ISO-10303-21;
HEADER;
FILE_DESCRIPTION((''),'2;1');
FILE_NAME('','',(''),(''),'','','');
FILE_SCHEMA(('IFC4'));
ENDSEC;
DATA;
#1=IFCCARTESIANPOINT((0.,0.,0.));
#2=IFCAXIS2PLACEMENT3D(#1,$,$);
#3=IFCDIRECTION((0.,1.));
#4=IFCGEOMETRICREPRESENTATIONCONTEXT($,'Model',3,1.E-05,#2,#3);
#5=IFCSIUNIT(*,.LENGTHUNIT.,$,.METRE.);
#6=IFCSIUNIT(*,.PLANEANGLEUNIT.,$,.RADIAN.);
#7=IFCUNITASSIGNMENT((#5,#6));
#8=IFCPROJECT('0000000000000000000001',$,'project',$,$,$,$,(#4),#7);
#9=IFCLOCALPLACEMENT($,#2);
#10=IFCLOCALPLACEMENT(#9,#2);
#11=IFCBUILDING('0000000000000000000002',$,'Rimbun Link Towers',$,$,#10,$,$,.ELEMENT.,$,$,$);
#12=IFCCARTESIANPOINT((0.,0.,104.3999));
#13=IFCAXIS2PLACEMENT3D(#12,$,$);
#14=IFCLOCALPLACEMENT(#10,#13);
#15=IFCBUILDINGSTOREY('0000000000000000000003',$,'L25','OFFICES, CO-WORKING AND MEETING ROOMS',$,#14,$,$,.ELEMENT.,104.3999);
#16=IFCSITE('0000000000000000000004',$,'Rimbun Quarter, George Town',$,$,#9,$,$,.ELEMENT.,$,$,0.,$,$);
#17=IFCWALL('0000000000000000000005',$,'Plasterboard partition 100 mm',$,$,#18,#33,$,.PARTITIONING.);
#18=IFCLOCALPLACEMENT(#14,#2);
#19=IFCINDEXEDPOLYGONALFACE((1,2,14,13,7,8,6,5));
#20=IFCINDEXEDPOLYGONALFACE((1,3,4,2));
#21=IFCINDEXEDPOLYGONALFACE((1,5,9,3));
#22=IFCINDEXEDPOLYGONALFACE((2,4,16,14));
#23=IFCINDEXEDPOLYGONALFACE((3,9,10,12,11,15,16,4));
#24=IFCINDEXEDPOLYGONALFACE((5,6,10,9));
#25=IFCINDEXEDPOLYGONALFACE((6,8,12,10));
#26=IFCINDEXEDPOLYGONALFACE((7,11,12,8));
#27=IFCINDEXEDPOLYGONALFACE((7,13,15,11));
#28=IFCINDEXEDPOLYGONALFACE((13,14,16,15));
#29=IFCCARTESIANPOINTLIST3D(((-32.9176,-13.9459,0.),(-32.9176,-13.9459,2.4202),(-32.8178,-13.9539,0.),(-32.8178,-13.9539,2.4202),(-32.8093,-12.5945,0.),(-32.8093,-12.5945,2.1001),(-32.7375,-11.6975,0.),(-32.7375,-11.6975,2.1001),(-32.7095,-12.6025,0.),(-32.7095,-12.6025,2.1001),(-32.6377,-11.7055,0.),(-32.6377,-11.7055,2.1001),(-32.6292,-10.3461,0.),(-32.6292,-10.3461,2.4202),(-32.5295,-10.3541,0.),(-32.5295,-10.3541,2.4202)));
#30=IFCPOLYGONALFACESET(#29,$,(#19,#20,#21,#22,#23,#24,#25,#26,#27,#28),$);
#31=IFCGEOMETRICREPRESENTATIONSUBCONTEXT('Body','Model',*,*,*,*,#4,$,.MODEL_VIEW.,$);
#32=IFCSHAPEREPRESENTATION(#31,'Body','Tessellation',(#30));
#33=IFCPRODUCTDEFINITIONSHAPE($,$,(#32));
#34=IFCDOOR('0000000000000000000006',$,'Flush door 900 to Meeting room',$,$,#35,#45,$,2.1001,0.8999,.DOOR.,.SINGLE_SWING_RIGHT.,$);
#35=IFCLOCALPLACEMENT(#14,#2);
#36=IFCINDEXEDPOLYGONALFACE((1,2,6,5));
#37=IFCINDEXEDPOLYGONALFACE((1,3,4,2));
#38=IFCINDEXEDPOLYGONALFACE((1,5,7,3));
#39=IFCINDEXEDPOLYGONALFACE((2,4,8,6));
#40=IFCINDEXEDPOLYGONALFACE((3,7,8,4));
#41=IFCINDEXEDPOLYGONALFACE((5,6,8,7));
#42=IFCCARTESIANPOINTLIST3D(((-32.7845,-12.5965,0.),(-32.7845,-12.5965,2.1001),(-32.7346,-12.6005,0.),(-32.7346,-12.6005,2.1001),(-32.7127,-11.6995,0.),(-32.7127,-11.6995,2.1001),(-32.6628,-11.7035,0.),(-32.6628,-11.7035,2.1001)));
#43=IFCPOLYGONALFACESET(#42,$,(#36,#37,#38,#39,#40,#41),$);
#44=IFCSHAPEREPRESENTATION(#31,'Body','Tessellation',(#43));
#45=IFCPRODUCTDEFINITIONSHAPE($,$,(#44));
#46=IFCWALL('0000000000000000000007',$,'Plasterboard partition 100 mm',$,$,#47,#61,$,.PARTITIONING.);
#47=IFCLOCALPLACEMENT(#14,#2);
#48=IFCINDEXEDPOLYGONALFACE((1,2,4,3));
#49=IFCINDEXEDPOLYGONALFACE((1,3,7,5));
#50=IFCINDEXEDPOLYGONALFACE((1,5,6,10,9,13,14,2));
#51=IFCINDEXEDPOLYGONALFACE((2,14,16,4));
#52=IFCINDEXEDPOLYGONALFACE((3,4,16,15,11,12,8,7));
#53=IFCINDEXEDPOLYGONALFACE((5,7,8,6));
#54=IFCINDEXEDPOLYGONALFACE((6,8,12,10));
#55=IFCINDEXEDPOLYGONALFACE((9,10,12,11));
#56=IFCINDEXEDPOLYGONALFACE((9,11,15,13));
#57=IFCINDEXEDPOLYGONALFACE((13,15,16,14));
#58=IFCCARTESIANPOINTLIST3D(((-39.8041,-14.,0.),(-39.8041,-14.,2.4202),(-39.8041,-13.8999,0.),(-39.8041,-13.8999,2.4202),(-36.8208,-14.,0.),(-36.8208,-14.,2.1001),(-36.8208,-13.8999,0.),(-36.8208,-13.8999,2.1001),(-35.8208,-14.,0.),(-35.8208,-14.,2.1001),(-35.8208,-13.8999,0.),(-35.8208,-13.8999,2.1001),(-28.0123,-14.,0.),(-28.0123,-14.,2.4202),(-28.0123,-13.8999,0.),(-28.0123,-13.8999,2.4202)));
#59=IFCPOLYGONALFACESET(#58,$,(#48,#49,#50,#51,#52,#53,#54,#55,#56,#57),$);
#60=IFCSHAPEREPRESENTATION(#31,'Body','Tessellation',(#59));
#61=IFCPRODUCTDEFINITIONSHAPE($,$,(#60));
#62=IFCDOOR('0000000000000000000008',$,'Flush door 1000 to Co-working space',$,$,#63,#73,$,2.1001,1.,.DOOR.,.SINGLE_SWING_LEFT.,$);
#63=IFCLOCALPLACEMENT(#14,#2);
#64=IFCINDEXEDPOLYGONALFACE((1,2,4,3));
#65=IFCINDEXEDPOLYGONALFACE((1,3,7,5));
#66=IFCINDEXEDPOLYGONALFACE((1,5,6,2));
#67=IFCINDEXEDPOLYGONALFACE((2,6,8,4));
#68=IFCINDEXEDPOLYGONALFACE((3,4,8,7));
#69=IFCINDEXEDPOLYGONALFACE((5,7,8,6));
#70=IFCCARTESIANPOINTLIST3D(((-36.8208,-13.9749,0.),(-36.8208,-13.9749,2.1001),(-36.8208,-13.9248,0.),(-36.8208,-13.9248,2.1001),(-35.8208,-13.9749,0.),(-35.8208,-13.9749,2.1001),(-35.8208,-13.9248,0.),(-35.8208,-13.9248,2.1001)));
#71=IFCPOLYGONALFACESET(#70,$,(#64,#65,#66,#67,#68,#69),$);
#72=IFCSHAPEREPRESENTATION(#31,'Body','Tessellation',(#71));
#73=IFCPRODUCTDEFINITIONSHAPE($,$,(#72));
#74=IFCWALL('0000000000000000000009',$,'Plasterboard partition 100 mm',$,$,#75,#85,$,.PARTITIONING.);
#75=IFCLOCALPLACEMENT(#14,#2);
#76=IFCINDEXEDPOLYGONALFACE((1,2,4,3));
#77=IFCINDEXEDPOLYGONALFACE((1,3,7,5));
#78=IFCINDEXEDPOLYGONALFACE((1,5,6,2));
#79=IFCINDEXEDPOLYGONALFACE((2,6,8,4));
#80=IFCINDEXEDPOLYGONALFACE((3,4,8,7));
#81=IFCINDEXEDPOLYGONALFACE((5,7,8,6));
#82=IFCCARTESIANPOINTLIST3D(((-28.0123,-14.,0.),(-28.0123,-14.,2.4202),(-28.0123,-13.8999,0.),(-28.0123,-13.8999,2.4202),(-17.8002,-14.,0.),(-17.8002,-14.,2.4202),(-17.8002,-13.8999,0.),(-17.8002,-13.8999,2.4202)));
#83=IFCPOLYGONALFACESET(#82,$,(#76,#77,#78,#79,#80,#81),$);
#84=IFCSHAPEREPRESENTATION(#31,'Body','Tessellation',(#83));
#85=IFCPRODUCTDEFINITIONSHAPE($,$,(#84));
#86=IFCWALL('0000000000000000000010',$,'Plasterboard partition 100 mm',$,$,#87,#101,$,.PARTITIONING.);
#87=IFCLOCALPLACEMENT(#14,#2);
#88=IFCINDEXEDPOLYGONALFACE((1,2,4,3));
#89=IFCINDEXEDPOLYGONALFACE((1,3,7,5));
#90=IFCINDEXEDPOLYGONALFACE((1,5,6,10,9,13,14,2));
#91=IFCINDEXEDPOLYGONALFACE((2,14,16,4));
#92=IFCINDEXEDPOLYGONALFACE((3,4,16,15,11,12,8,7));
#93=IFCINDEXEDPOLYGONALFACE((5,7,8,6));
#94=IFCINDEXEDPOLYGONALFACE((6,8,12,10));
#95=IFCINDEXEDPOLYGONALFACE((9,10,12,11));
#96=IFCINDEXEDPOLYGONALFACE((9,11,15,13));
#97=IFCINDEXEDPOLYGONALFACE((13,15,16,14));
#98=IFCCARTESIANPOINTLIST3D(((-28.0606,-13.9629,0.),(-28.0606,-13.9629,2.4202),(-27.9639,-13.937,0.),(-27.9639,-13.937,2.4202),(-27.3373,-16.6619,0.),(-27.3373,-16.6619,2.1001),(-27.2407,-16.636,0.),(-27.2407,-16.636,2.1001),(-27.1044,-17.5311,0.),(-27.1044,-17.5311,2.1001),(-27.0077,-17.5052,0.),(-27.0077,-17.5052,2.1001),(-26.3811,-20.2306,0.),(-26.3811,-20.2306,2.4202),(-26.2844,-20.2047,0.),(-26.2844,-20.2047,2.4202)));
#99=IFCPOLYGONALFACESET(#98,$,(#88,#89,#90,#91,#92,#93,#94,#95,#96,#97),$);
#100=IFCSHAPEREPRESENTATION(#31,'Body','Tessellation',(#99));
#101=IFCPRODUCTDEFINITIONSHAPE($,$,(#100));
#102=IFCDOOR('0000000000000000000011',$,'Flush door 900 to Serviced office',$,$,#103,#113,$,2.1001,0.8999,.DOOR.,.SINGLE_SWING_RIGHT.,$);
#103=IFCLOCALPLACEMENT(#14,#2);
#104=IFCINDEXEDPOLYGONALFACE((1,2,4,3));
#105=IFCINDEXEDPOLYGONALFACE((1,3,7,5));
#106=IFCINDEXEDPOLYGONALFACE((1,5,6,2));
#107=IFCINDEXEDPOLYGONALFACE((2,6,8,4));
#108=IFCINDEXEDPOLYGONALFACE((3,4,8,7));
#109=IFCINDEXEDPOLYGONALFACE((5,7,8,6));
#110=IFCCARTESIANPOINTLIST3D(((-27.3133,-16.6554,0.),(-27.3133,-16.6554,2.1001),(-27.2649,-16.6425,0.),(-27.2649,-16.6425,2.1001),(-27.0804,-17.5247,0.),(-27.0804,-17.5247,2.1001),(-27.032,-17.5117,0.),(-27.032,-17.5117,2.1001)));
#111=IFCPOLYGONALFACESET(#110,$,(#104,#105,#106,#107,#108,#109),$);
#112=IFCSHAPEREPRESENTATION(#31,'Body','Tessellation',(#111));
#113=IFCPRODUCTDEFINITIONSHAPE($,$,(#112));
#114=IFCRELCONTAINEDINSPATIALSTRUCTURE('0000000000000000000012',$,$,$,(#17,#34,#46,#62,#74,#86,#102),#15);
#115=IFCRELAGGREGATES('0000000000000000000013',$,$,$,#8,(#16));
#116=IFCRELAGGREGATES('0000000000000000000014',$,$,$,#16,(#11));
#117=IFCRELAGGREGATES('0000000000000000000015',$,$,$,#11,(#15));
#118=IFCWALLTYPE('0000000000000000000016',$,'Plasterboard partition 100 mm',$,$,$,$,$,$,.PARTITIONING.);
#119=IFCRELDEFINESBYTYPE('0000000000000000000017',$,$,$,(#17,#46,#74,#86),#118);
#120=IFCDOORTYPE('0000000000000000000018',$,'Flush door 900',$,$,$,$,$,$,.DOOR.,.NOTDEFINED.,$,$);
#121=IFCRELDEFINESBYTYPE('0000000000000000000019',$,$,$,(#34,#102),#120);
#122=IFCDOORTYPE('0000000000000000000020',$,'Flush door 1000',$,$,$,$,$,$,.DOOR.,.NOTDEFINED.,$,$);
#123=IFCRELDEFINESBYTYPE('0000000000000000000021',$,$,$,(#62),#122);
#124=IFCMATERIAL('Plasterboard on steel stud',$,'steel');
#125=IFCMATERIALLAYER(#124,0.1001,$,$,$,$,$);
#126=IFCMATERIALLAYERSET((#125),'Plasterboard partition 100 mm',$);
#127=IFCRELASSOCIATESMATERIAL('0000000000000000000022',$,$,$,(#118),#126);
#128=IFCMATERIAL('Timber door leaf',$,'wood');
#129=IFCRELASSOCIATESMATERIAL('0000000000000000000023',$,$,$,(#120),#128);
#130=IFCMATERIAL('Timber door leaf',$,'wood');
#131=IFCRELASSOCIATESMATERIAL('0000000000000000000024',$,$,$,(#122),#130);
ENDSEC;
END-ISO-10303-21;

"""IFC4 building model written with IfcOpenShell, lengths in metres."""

from ifc_helpers import new_model, si_unit, direction, frame, frame_2d, origin, place, context, subcontext, project, spatial, rectangle, extrude, material, layer, layer_set, type_object, element, fill, save


model = new_model("IFC4")

# Units and contexts
model_context = context("Model", 3, precision=1e-05, world=origin(), true_north=direction((0.0, 1.0)))
body_context = subcontext(model_context, "Body", "Model", "MODEL_VIEW")
ifc_project = project(units=[si_unit("LENGTHUNIT", "METRE"), si_unit("PLANEANGLEUNIT", "RADIAN")], contexts=[model_context])

# Site, building, storey
site_placement = place(None, origin())
site = spatial("IfcSite", under=ifc_project, at=site_placement, Name="Rimbun Quarter, George Town", CompositionType="ELEMENT", RefElevation=0.0)
building_placement = place(site_placement, origin())
building = spatial("IfcBuilding", under=site, at=building_placement, Name="Rimbun Link Towers", CompositionType="ELEMENT")
storey_placement = place(building_placement, frame((0.0, 0.0, 104.3999)))
storey = spatial("IfcBuildingStorey", under=building, at=storey_placement, Name="L25", Description="OFFICES, CO-WORKING AND MEETING ROOMS", CompositionType="ELEMENT", Elevation=104.3999)

# Walls, openings, doors
ifc_material_1 = material(Name="Plasterboard on steel stud", Category="steel")
ifc_layer_1 = layer(ifc_material_1, 0.1001)
ifc_layer_set_1 = layer_set([ifc_layer_1], Name="Plasterboard partition 100 mm")
wall_type = type_object("IfcWallType", Name="Plasterboard partition 100 mm", PredefinedType="PARTITIONING", material=ifc_layer_set_1)
wall_1_placement = place(storey_placement, frame((-32.5793, -10.3501, 0.0), z_axis=(0.0, 0.0, 1.0), x_axis=(-0.079839, -0.996808, 0.0)))
wall_1 = element("IfcWall", 1, at=wall_1_placement, inside=storey, type_object=wall_type, Name="Plasterboard partition 100 mm", PredefinedType="PARTITIONING", context=body_context, shape_type="SweptSolid", body=[
    extrude(rectangle(XDim=3.6113, YDim=0.1001, at=frame_2d((1.8057, 0.0))), origin(), (0.0, 0.0, 1.0), 2.4202),
])
opening_1_placement = place(wall_1_placement, frame((1.3557, 0.0, 0.0)))
opening_1 = element("IfcOpeningElement", 2, at=opening_1_placement, cuts=wall_1, PredefinedType="OPENING", context=body_context, shape_type="SweptSolid", body=[
    extrude(rectangle(XDim=0.8999, YDim=2.1001, at=frame_2d((0.45, 1.05))), frame((0.0, 0.0601, 0.0), z_axis=(0.0, -1.0, 0.0), x_axis=(1.0, 0.0, 0.0)), (0.0, 0.0, 1.0), 0.1201),
])
ifc_material_2 = material(Name="Timber door leaf", Category="wood")
door_type_1 = type_object("IfcDoorType", Name="Flush door 900", OperationType="NOTDEFINED", PredefinedType="DOOR", material=ifc_material_2)
door_1_placement = place(opening_1_placement, origin())
door_1 = element("IfcDoor", 3, at=door_1_placement, inside=storey, type_object=door_type_1, Name="Flush door 900 to Meeting room", OperationType="SINGLE_SWING_RIGHT", OverallHeight=2.1001, OverallWidth=0.8999, PredefinedType="DOOR", context=body_context, shape_type="SweptSolid", body=[
    extrude(rectangle(XDim=0.8999, YDim=2.1001, at=frame_2d((0.45, 1.05))), frame((0.0, 0.0249, 0.0), z_axis=(0.0, -1.0, 0.0), x_axis=(1.0, 0.0, 0.0)), (0.0, 0.0, 1.0), 0.05),
])
fill(opening_1, door_1)
wall_2_placement = place(storey_placement, frame((-28.0122, -13.95, 0.0), z_axis=(0.0, 0.0, 1.0), x_axis=(-1.0, 0.0, 0.0)))
wall_2 = element("IfcWall", 4, at=wall_2_placement, inside=storey, type_object=wall_type, Name="Plasterboard partition 100 mm", PredefinedType="PARTITIONING", context=body_context, shape_type="SweptSolid", body=[
    extrude(rectangle(XDim=11.7917, YDim=0.1001, at=frame_2d((5.896, 0.0))), origin(), (0.0, 0.0, 1.0), 2.4202),
])
opening_2_placement = place(wall_2_placement, frame((7.8086, 0.0, 0.0)))
opening_2 = element("IfcOpeningElement", 5, at=opening_2_placement, cuts=wall_2, PredefinedType="OPENING", context=body_context, shape_type="SweptSolid", body=[
    extrude(rectangle(XDim=1.0, YDim=2.1001, at=frame_2d((0.5, 1.05))), frame((0.0, 0.0601, 0.0), z_axis=(0.0, -1.0, 0.0), x_axis=(1.0, 0.0, 0.0)), (0.0, 0.0, 1.0), 0.1201),
])
ifc_material_3 = material(Name="Timber door leaf", Category="wood")
door_type_2 = type_object("IfcDoorType", Name="Flush door 1000", OperationType="NOTDEFINED", PredefinedType="DOOR", material=ifc_material_3)
door_2_placement = place(opening_2_placement, origin())
door_2 = element("IfcDoor", 6, at=door_2_placement, inside=storey, type_object=door_type_2, Name="Flush door 1000 to Co-working space", OperationType="SINGLE_SWING_LEFT", OverallHeight=2.1001, OverallWidth=1.0, PredefinedType="DOOR", context=body_context, shape_type="SweptSolid", body=[
    extrude(rectangle(XDim=1.0, YDim=2.1001, at=frame_2d((0.5, 1.05))), frame((0.0, 0.0249, 0.0), z_axis=(0.0, -1.0, 0.0), x_axis=(1.0, 0.0, 0.0)), (0.0, 0.0, 1.0), 0.05),
])
fill(opening_2, door_2)

# Wall
wall_3_placement = place(storey_placement, frame((-28.0122, -13.95, 0.0), z_axis=(0.0, 0.0, 1.0), x_axis=(1.0, 0.0, 0.0)))
element("IfcWall", 7, at=wall_3_placement, inside=storey, type_object=wall_type, Name="Plasterboard partition 100 mm", PredefinedType="PARTITIONING", context=body_context, shape_type="SweptSolid", body=[
    extrude(rectangle(XDim=10.2122, YDim=0.1001, at=frame_2d((5.106, 0.0))), origin(), (0.0, 0.0, 1.0), 2.4202),
])

# Wall, opening, door
wall_4_placement = place(storey_placement, frame((-28.0122, -13.95, 0.0), z_axis=(0.0, 0.0, 1.0), x_axis=(0.258826, -0.965924, 0.0)))
wall_4 = element("IfcWall", 8, at=wall_4_placement, inside=storey, type_object=wall_type, Name="Plasterboard partition 100 mm", PredefinedType="PARTITIONING", context=body_context, shape_type="SweptSolid", body=[
    extrude(rectangle(XDim=6.4888, YDim=0.1001, at=frame_2d((3.2444, 0.0))), origin(), (0.0, 0.0, 1.0), 2.4202),
])
opening_3_placement = place(wall_4_placement, frame((2.7942, 0.0, 0.0)))
opening_3 = element("IfcOpeningElement", 9, at=opening_3_placement, cuts=wall_4, PredefinedType="OPENING", context=body_context, shape_type="SweptSolid", body=[
    extrude(rectangle(XDim=0.8999, YDim=2.1001, at=frame_2d((0.45, 1.05))), frame((0.0, 0.0601, 0.0), z_axis=(0.0, -1.0, 0.0), x_axis=(1.0, 0.0, 0.0)), (0.0, 0.0, 1.0), 0.1201),
])
door_3_placement = place(opening_3_placement, origin())
door_3 = element("IfcDoor", 10, at=door_3_placement, inside=storey, type_object=door_type_1, Name="Flush door 900 to Serviced office", OperationType="SINGLE_SWING_RIGHT", OverallHeight=2.1001, OverallWidth=0.8999, PredefinedType="DOOR", context=body_context, shape_type="SweptSolid", body=[
    extrude(rectangle(XDim=0.8999, YDim=2.1001, at=frame_2d((0.45, 1.05))), frame((0.0, 0.0249, 0.0), z_axis=(0.0, -1.0, 0.0), x_axis=(1.0, 0.0, 0.0)), (0.0, 0.0, 1.0), 0.05),
])
fill(opening_3, door_3)

save(model, "model.ifc")
